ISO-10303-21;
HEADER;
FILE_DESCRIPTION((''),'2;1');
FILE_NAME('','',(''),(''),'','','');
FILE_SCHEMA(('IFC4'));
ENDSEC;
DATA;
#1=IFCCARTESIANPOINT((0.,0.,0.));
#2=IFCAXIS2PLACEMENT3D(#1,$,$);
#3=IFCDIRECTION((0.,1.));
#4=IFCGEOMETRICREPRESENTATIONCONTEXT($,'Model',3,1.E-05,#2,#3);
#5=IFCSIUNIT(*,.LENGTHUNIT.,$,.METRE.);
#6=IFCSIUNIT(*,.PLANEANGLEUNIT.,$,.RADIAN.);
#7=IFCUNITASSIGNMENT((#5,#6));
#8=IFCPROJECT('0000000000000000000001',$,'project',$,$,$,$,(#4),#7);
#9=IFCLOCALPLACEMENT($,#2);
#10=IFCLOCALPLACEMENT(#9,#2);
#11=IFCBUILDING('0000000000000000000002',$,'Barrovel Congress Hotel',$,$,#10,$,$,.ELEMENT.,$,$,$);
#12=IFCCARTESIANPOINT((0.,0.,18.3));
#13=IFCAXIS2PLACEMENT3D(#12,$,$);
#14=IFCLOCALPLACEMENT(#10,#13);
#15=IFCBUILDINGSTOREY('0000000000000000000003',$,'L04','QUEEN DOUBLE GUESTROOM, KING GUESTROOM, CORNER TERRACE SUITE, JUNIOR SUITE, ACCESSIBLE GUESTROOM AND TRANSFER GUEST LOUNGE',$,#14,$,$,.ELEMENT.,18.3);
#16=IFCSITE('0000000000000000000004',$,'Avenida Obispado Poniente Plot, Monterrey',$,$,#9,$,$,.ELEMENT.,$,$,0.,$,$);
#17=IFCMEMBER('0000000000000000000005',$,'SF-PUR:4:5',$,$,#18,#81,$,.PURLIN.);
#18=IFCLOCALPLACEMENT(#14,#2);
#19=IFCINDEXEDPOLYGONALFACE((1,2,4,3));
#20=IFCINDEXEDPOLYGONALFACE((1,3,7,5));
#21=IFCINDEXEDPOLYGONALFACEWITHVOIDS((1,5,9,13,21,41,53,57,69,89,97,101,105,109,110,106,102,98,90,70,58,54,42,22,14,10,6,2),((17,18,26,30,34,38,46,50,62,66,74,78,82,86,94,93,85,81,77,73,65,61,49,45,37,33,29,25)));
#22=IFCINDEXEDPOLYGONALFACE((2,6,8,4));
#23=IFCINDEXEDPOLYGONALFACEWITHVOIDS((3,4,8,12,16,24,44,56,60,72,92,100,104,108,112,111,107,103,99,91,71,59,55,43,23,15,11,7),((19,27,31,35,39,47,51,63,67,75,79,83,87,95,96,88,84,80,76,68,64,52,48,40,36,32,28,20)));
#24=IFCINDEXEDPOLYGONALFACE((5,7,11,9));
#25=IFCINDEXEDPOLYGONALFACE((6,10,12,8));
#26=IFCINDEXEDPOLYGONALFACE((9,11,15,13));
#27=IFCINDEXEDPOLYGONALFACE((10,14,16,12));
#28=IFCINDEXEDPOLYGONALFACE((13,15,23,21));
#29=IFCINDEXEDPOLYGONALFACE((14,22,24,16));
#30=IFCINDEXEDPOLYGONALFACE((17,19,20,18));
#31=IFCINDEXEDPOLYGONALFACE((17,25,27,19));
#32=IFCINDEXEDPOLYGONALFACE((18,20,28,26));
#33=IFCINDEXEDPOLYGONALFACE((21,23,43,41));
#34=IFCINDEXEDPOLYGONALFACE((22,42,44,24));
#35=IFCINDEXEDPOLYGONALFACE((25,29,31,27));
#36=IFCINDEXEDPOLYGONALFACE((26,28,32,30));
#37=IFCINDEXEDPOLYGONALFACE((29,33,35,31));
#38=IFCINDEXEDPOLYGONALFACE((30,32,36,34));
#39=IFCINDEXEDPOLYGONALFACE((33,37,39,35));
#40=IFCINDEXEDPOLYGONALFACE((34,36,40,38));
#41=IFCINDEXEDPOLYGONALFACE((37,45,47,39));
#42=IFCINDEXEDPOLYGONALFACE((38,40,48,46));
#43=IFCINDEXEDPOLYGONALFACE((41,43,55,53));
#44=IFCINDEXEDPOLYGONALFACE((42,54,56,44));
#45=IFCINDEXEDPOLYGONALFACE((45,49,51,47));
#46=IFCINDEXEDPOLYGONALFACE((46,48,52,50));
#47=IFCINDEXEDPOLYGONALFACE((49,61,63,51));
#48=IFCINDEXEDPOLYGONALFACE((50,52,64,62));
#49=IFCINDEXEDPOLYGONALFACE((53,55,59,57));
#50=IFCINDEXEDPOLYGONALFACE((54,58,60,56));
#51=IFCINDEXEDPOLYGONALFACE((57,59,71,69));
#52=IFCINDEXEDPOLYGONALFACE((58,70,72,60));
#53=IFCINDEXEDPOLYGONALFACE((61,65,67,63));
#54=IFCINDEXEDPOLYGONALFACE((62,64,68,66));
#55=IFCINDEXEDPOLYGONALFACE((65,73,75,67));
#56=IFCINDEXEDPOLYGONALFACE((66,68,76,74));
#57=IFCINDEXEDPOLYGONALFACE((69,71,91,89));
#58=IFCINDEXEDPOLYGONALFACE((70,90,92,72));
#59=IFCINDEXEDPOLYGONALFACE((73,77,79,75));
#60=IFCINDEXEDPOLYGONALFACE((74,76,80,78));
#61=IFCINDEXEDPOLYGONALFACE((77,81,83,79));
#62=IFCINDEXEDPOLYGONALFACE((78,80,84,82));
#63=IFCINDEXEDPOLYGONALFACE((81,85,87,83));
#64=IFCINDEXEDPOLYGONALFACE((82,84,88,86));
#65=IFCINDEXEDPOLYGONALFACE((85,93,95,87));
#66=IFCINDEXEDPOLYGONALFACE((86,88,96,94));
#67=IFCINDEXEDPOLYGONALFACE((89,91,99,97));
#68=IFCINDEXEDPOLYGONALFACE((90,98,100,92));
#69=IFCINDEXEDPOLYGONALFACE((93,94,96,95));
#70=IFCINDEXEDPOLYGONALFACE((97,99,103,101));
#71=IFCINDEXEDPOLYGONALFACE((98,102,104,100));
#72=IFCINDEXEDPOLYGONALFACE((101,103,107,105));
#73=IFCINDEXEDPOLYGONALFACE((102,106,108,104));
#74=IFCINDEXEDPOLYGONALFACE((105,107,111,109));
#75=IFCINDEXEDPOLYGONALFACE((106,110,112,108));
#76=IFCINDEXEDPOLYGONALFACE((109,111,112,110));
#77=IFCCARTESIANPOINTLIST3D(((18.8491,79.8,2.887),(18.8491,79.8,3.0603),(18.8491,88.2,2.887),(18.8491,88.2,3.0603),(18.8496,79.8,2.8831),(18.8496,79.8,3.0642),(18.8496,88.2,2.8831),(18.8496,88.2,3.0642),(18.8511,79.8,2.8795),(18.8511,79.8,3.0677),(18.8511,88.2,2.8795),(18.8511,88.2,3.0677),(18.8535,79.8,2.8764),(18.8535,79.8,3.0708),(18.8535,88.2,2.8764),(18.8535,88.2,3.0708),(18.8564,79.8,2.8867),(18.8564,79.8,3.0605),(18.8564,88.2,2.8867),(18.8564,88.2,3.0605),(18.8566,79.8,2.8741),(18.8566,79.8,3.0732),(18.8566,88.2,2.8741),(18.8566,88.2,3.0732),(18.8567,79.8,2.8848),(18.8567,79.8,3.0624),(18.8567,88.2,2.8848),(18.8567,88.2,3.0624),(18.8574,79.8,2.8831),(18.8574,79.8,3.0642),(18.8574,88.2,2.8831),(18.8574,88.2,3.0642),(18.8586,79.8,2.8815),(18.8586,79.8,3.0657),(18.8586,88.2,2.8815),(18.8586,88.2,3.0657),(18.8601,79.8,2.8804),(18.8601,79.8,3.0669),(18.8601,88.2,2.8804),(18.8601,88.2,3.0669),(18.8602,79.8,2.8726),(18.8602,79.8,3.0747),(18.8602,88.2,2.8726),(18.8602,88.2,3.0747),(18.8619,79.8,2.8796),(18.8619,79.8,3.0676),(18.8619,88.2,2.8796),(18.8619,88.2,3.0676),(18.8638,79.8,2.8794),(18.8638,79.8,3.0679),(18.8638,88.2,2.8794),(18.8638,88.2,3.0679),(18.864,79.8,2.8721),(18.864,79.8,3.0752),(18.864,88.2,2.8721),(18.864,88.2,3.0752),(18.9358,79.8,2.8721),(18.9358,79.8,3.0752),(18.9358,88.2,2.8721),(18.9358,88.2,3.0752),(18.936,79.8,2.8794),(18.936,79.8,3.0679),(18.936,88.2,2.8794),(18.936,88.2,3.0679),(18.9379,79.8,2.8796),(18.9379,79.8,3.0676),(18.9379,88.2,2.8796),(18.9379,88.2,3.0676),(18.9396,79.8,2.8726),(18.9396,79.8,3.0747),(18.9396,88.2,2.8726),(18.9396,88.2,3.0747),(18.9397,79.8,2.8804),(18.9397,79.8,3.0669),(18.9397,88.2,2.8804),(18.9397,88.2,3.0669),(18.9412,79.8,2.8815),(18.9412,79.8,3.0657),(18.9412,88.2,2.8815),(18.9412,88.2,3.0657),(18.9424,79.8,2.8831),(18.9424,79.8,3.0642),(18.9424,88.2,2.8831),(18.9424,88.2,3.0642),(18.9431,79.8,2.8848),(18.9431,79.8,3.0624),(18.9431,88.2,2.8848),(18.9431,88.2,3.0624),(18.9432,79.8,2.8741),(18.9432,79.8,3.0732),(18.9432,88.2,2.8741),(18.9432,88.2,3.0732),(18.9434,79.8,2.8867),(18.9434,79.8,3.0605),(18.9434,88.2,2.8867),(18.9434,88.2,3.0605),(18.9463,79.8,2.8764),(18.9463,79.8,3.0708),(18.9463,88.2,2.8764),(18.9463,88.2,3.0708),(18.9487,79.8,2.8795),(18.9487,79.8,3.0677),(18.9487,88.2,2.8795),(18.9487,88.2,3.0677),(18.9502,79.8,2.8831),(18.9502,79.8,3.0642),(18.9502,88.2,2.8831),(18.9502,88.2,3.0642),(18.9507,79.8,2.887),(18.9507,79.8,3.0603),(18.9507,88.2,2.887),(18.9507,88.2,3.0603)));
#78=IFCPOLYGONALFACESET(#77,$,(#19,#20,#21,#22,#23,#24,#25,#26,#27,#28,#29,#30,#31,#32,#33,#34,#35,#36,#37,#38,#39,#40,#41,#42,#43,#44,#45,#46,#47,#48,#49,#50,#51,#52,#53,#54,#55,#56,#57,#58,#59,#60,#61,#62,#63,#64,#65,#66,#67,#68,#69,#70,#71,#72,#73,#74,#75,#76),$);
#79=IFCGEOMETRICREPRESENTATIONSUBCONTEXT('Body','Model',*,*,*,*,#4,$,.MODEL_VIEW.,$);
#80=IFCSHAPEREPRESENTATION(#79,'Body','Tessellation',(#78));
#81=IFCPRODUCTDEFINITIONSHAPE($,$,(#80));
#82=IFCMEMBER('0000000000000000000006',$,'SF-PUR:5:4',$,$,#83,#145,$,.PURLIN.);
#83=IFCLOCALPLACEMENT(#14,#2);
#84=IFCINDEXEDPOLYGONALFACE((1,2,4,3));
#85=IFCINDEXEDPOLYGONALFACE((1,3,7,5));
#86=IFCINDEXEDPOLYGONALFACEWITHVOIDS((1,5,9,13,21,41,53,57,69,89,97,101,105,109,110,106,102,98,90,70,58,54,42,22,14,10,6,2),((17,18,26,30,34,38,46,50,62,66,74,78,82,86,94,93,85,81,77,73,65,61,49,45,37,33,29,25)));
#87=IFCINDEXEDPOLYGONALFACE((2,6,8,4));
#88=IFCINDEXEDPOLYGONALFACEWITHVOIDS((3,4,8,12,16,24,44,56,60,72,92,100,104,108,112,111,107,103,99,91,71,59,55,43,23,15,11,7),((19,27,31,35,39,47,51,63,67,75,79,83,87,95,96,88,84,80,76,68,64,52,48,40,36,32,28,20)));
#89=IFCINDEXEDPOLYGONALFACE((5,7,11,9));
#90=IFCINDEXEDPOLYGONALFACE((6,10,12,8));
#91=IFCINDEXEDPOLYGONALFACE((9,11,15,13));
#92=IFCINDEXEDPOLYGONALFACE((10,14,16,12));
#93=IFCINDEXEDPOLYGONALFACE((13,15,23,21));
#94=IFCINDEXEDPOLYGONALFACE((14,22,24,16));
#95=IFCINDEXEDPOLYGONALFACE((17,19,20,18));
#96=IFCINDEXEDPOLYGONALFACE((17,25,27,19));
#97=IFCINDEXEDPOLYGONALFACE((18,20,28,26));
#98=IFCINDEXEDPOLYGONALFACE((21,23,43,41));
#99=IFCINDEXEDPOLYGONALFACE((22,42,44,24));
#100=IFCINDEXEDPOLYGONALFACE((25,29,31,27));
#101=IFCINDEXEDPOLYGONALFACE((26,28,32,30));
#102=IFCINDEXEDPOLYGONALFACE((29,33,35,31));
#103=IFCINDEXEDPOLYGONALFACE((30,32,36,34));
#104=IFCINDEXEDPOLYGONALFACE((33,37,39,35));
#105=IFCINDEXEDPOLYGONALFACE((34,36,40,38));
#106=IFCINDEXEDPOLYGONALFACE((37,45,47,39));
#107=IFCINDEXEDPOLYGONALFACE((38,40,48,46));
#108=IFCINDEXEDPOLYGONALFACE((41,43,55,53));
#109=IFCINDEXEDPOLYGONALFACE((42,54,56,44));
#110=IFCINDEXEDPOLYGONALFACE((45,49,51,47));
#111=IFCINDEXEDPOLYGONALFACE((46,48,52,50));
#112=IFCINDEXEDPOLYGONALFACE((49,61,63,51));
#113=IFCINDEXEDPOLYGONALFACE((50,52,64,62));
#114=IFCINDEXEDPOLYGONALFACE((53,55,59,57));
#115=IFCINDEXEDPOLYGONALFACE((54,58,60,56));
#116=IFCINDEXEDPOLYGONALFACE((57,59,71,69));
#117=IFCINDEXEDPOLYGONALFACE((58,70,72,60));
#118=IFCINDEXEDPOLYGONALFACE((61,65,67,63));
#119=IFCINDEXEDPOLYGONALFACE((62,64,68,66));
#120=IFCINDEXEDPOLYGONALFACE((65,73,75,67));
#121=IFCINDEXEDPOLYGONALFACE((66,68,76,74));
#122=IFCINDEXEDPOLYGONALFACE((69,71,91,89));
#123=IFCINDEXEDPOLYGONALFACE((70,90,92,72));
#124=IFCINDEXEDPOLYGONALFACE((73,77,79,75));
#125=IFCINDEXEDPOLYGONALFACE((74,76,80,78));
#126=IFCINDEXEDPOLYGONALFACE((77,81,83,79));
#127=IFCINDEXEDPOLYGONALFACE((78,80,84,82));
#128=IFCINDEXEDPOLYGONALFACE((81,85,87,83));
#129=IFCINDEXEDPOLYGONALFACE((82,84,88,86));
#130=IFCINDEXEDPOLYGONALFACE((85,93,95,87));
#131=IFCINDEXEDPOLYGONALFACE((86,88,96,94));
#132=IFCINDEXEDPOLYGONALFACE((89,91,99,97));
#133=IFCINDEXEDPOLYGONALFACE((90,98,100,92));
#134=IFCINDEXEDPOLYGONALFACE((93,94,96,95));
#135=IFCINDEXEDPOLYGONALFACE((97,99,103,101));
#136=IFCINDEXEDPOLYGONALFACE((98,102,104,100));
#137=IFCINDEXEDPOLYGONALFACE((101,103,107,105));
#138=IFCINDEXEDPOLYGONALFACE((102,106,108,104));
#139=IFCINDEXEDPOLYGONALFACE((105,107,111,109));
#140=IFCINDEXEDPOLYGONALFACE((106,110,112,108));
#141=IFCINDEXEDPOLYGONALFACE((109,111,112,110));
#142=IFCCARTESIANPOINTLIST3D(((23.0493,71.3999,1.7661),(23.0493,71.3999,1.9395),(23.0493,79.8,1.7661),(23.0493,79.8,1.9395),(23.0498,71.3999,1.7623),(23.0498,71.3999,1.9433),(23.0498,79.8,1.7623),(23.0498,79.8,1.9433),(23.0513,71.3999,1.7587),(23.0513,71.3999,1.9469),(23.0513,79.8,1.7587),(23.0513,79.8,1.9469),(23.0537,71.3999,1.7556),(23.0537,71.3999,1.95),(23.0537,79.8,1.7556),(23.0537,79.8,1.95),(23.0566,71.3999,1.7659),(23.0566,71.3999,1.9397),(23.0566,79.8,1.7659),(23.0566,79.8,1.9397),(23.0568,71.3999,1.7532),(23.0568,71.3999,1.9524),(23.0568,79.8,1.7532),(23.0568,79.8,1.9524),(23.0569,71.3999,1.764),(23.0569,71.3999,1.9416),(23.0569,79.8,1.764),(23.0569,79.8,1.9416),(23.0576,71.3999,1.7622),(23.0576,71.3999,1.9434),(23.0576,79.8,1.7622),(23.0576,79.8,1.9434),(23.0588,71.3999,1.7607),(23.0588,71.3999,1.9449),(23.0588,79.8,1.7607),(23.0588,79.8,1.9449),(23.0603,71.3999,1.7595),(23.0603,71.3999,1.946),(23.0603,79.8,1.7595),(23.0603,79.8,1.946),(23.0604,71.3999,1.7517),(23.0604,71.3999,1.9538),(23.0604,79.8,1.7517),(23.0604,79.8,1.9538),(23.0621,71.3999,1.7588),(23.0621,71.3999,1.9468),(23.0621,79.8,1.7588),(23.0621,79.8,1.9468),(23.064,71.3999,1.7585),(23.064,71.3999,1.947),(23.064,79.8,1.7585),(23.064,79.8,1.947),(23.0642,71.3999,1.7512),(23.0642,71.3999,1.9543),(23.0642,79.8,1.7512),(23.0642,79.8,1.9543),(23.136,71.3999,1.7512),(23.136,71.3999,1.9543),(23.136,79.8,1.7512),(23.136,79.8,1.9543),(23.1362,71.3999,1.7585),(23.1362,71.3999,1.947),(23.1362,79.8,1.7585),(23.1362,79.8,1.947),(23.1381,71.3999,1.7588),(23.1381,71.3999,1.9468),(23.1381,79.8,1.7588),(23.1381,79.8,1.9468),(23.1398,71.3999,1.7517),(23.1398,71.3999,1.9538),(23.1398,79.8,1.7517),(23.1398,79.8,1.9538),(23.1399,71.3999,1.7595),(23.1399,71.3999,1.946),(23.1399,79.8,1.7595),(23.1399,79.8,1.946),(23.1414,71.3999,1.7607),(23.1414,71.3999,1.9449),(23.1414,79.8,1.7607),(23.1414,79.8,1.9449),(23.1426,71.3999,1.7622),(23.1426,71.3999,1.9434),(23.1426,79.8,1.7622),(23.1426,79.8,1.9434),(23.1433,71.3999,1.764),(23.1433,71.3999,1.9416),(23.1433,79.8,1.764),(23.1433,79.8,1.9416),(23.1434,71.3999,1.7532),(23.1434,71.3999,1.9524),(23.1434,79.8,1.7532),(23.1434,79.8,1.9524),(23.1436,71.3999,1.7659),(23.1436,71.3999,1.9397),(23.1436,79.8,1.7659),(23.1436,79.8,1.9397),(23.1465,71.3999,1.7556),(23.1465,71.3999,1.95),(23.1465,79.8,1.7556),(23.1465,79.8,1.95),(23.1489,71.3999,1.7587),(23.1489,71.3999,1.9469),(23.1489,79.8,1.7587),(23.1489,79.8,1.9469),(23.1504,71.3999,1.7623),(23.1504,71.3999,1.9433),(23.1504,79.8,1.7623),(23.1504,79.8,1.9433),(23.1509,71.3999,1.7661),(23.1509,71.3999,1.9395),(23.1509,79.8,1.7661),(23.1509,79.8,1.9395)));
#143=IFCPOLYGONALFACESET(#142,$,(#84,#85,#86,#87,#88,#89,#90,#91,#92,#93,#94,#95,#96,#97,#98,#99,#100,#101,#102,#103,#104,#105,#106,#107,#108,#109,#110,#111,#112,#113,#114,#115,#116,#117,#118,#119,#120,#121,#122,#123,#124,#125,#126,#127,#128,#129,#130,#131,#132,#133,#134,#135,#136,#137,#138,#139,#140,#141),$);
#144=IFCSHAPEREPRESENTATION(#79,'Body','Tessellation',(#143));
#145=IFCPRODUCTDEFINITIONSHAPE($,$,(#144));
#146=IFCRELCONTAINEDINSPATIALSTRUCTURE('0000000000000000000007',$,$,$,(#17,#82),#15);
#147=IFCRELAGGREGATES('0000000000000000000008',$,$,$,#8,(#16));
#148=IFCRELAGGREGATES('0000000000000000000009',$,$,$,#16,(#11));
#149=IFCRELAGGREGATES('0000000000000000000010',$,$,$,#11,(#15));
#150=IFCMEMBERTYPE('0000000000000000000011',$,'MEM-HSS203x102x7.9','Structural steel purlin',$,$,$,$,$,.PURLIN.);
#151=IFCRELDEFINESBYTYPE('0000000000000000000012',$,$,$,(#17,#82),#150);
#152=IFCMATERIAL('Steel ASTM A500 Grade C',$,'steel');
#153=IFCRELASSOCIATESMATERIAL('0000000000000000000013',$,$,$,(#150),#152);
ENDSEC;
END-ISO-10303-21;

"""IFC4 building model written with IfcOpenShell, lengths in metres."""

from ifc_helpers import new_model, si_unit, direction, frame, origin, origin_2d, place, context, subcontext, project, spatial, hollow_rectangle, extrude, material, material_profile, profile_set, type_object, element, save


model = new_model("IFC4")

# Units and contexts
model_context = context("Model", 3, precision=1e-05, world=origin(), true_north=direction((0.0, 1.0)))
body_context = subcontext(model_context, "Body", "Model", "MODEL_VIEW")
ifc_project = project(units=[si_unit("LENGTHUNIT", "METRE"), si_unit("PLANEANGLEUNIT", "RADIAN")], contexts=[model_context])

# Site, building, storey
site_placement = place(None, origin())
site = spatial("IfcSite", under=ifc_project, at=site_placement, Name="Avenida Obispado Poniente Plot, Monterrey", CompositionType="ELEMENT", RefElevation=0.0)
building_placement = place(site_placement, origin())
building = spatial("IfcBuilding", under=site, at=building_placement, Name="Barrovel Congress Hotel", CompositionType="ELEMENT")
storey_placement = place(building_placement, frame((0.0, 0.0, 18.3)))
storey = spatial("IfcBuildingStorey", under=building, at=storey_placement, Name="L04", Description="QUEEN DOUBLE GUESTROOM, KING GUESTROOM, CORNER TERRACE SUITE, JUNIOR SUITE, ACCESSIBLE GUESTROOM AND TRANSFER GUEST LOUNGE", CompositionType="ELEMENT", Elevation=18.3)

# Members
ifc_material_1 = material(Name="Steel ASTM A500 Grade C", Category="steel")
ifc_material_profile_1 = material_profile(ifc_material_1, hollow_rectangle(XDim=0.1016, YDim=0.2031, WallThickness=0.0073, InnerFilletRadius=0.0073, OuterFilletRadius=0.0149, at=origin_2d()), Name="HSS203x102x7.9")
ifc_profile_set_1 = profile_set([ifc_material_profile_1], Name="Steel ASTM A500 Grade C")
member_type_1 = type_object("IfcMemberType", Name="MEM-HSS203x102x7.9", Description="Structural steel purlin", PredefinedType="PURLIN", material=ifc_profile_set_1)
member_1_placement = place(storey_placement, frame((18.8999, 79.8, 2.9736), z_axis=(0.0, 1.0, 0.0), x_axis=(-1.0, 0.0, 0.0)))
element("IfcMember", 1, at=member_1_placement, inside=storey, type_object=member_type_1, Name="SF-PUR:4:5", PredefinedType="PURLIN", context=body_context, shape_type="SweptSolid", body=[
    extrude(hollow_rectangle(XDim=0.1016, YDim=0.2031, WallThickness=0.0073, InnerFilletRadius=0.0073, OuterFilletRadius=0.0149, at=origin_2d()), origin(), (0.0, 0.0, 1.0), 8.3999),
])
member_2_placement = place(storey_placement, frame((23.1001, 71.3999, 1.8528), z_axis=(0.0, 1.0, 0.0), x_axis=(-1.0, 0.0, 0.0)))
element("IfcMember", 2, at=member_2_placement, inside=storey, type_object=member_type_1, Name="SF-PUR:5:4", PredefinedType="PURLIN", context=body_context, shape_type="SweptSolid", body=[
    extrude(hollow_rectangle(XDim=0.1016, YDim=0.2031, WallThickness=0.0073, InnerFilletRadius=0.0073, OuterFilletRadius=0.0149, at=origin_2d()), origin(), (0.0, 0.0, 1.0), 8.4001),
])

save(model, "model.ifc")
